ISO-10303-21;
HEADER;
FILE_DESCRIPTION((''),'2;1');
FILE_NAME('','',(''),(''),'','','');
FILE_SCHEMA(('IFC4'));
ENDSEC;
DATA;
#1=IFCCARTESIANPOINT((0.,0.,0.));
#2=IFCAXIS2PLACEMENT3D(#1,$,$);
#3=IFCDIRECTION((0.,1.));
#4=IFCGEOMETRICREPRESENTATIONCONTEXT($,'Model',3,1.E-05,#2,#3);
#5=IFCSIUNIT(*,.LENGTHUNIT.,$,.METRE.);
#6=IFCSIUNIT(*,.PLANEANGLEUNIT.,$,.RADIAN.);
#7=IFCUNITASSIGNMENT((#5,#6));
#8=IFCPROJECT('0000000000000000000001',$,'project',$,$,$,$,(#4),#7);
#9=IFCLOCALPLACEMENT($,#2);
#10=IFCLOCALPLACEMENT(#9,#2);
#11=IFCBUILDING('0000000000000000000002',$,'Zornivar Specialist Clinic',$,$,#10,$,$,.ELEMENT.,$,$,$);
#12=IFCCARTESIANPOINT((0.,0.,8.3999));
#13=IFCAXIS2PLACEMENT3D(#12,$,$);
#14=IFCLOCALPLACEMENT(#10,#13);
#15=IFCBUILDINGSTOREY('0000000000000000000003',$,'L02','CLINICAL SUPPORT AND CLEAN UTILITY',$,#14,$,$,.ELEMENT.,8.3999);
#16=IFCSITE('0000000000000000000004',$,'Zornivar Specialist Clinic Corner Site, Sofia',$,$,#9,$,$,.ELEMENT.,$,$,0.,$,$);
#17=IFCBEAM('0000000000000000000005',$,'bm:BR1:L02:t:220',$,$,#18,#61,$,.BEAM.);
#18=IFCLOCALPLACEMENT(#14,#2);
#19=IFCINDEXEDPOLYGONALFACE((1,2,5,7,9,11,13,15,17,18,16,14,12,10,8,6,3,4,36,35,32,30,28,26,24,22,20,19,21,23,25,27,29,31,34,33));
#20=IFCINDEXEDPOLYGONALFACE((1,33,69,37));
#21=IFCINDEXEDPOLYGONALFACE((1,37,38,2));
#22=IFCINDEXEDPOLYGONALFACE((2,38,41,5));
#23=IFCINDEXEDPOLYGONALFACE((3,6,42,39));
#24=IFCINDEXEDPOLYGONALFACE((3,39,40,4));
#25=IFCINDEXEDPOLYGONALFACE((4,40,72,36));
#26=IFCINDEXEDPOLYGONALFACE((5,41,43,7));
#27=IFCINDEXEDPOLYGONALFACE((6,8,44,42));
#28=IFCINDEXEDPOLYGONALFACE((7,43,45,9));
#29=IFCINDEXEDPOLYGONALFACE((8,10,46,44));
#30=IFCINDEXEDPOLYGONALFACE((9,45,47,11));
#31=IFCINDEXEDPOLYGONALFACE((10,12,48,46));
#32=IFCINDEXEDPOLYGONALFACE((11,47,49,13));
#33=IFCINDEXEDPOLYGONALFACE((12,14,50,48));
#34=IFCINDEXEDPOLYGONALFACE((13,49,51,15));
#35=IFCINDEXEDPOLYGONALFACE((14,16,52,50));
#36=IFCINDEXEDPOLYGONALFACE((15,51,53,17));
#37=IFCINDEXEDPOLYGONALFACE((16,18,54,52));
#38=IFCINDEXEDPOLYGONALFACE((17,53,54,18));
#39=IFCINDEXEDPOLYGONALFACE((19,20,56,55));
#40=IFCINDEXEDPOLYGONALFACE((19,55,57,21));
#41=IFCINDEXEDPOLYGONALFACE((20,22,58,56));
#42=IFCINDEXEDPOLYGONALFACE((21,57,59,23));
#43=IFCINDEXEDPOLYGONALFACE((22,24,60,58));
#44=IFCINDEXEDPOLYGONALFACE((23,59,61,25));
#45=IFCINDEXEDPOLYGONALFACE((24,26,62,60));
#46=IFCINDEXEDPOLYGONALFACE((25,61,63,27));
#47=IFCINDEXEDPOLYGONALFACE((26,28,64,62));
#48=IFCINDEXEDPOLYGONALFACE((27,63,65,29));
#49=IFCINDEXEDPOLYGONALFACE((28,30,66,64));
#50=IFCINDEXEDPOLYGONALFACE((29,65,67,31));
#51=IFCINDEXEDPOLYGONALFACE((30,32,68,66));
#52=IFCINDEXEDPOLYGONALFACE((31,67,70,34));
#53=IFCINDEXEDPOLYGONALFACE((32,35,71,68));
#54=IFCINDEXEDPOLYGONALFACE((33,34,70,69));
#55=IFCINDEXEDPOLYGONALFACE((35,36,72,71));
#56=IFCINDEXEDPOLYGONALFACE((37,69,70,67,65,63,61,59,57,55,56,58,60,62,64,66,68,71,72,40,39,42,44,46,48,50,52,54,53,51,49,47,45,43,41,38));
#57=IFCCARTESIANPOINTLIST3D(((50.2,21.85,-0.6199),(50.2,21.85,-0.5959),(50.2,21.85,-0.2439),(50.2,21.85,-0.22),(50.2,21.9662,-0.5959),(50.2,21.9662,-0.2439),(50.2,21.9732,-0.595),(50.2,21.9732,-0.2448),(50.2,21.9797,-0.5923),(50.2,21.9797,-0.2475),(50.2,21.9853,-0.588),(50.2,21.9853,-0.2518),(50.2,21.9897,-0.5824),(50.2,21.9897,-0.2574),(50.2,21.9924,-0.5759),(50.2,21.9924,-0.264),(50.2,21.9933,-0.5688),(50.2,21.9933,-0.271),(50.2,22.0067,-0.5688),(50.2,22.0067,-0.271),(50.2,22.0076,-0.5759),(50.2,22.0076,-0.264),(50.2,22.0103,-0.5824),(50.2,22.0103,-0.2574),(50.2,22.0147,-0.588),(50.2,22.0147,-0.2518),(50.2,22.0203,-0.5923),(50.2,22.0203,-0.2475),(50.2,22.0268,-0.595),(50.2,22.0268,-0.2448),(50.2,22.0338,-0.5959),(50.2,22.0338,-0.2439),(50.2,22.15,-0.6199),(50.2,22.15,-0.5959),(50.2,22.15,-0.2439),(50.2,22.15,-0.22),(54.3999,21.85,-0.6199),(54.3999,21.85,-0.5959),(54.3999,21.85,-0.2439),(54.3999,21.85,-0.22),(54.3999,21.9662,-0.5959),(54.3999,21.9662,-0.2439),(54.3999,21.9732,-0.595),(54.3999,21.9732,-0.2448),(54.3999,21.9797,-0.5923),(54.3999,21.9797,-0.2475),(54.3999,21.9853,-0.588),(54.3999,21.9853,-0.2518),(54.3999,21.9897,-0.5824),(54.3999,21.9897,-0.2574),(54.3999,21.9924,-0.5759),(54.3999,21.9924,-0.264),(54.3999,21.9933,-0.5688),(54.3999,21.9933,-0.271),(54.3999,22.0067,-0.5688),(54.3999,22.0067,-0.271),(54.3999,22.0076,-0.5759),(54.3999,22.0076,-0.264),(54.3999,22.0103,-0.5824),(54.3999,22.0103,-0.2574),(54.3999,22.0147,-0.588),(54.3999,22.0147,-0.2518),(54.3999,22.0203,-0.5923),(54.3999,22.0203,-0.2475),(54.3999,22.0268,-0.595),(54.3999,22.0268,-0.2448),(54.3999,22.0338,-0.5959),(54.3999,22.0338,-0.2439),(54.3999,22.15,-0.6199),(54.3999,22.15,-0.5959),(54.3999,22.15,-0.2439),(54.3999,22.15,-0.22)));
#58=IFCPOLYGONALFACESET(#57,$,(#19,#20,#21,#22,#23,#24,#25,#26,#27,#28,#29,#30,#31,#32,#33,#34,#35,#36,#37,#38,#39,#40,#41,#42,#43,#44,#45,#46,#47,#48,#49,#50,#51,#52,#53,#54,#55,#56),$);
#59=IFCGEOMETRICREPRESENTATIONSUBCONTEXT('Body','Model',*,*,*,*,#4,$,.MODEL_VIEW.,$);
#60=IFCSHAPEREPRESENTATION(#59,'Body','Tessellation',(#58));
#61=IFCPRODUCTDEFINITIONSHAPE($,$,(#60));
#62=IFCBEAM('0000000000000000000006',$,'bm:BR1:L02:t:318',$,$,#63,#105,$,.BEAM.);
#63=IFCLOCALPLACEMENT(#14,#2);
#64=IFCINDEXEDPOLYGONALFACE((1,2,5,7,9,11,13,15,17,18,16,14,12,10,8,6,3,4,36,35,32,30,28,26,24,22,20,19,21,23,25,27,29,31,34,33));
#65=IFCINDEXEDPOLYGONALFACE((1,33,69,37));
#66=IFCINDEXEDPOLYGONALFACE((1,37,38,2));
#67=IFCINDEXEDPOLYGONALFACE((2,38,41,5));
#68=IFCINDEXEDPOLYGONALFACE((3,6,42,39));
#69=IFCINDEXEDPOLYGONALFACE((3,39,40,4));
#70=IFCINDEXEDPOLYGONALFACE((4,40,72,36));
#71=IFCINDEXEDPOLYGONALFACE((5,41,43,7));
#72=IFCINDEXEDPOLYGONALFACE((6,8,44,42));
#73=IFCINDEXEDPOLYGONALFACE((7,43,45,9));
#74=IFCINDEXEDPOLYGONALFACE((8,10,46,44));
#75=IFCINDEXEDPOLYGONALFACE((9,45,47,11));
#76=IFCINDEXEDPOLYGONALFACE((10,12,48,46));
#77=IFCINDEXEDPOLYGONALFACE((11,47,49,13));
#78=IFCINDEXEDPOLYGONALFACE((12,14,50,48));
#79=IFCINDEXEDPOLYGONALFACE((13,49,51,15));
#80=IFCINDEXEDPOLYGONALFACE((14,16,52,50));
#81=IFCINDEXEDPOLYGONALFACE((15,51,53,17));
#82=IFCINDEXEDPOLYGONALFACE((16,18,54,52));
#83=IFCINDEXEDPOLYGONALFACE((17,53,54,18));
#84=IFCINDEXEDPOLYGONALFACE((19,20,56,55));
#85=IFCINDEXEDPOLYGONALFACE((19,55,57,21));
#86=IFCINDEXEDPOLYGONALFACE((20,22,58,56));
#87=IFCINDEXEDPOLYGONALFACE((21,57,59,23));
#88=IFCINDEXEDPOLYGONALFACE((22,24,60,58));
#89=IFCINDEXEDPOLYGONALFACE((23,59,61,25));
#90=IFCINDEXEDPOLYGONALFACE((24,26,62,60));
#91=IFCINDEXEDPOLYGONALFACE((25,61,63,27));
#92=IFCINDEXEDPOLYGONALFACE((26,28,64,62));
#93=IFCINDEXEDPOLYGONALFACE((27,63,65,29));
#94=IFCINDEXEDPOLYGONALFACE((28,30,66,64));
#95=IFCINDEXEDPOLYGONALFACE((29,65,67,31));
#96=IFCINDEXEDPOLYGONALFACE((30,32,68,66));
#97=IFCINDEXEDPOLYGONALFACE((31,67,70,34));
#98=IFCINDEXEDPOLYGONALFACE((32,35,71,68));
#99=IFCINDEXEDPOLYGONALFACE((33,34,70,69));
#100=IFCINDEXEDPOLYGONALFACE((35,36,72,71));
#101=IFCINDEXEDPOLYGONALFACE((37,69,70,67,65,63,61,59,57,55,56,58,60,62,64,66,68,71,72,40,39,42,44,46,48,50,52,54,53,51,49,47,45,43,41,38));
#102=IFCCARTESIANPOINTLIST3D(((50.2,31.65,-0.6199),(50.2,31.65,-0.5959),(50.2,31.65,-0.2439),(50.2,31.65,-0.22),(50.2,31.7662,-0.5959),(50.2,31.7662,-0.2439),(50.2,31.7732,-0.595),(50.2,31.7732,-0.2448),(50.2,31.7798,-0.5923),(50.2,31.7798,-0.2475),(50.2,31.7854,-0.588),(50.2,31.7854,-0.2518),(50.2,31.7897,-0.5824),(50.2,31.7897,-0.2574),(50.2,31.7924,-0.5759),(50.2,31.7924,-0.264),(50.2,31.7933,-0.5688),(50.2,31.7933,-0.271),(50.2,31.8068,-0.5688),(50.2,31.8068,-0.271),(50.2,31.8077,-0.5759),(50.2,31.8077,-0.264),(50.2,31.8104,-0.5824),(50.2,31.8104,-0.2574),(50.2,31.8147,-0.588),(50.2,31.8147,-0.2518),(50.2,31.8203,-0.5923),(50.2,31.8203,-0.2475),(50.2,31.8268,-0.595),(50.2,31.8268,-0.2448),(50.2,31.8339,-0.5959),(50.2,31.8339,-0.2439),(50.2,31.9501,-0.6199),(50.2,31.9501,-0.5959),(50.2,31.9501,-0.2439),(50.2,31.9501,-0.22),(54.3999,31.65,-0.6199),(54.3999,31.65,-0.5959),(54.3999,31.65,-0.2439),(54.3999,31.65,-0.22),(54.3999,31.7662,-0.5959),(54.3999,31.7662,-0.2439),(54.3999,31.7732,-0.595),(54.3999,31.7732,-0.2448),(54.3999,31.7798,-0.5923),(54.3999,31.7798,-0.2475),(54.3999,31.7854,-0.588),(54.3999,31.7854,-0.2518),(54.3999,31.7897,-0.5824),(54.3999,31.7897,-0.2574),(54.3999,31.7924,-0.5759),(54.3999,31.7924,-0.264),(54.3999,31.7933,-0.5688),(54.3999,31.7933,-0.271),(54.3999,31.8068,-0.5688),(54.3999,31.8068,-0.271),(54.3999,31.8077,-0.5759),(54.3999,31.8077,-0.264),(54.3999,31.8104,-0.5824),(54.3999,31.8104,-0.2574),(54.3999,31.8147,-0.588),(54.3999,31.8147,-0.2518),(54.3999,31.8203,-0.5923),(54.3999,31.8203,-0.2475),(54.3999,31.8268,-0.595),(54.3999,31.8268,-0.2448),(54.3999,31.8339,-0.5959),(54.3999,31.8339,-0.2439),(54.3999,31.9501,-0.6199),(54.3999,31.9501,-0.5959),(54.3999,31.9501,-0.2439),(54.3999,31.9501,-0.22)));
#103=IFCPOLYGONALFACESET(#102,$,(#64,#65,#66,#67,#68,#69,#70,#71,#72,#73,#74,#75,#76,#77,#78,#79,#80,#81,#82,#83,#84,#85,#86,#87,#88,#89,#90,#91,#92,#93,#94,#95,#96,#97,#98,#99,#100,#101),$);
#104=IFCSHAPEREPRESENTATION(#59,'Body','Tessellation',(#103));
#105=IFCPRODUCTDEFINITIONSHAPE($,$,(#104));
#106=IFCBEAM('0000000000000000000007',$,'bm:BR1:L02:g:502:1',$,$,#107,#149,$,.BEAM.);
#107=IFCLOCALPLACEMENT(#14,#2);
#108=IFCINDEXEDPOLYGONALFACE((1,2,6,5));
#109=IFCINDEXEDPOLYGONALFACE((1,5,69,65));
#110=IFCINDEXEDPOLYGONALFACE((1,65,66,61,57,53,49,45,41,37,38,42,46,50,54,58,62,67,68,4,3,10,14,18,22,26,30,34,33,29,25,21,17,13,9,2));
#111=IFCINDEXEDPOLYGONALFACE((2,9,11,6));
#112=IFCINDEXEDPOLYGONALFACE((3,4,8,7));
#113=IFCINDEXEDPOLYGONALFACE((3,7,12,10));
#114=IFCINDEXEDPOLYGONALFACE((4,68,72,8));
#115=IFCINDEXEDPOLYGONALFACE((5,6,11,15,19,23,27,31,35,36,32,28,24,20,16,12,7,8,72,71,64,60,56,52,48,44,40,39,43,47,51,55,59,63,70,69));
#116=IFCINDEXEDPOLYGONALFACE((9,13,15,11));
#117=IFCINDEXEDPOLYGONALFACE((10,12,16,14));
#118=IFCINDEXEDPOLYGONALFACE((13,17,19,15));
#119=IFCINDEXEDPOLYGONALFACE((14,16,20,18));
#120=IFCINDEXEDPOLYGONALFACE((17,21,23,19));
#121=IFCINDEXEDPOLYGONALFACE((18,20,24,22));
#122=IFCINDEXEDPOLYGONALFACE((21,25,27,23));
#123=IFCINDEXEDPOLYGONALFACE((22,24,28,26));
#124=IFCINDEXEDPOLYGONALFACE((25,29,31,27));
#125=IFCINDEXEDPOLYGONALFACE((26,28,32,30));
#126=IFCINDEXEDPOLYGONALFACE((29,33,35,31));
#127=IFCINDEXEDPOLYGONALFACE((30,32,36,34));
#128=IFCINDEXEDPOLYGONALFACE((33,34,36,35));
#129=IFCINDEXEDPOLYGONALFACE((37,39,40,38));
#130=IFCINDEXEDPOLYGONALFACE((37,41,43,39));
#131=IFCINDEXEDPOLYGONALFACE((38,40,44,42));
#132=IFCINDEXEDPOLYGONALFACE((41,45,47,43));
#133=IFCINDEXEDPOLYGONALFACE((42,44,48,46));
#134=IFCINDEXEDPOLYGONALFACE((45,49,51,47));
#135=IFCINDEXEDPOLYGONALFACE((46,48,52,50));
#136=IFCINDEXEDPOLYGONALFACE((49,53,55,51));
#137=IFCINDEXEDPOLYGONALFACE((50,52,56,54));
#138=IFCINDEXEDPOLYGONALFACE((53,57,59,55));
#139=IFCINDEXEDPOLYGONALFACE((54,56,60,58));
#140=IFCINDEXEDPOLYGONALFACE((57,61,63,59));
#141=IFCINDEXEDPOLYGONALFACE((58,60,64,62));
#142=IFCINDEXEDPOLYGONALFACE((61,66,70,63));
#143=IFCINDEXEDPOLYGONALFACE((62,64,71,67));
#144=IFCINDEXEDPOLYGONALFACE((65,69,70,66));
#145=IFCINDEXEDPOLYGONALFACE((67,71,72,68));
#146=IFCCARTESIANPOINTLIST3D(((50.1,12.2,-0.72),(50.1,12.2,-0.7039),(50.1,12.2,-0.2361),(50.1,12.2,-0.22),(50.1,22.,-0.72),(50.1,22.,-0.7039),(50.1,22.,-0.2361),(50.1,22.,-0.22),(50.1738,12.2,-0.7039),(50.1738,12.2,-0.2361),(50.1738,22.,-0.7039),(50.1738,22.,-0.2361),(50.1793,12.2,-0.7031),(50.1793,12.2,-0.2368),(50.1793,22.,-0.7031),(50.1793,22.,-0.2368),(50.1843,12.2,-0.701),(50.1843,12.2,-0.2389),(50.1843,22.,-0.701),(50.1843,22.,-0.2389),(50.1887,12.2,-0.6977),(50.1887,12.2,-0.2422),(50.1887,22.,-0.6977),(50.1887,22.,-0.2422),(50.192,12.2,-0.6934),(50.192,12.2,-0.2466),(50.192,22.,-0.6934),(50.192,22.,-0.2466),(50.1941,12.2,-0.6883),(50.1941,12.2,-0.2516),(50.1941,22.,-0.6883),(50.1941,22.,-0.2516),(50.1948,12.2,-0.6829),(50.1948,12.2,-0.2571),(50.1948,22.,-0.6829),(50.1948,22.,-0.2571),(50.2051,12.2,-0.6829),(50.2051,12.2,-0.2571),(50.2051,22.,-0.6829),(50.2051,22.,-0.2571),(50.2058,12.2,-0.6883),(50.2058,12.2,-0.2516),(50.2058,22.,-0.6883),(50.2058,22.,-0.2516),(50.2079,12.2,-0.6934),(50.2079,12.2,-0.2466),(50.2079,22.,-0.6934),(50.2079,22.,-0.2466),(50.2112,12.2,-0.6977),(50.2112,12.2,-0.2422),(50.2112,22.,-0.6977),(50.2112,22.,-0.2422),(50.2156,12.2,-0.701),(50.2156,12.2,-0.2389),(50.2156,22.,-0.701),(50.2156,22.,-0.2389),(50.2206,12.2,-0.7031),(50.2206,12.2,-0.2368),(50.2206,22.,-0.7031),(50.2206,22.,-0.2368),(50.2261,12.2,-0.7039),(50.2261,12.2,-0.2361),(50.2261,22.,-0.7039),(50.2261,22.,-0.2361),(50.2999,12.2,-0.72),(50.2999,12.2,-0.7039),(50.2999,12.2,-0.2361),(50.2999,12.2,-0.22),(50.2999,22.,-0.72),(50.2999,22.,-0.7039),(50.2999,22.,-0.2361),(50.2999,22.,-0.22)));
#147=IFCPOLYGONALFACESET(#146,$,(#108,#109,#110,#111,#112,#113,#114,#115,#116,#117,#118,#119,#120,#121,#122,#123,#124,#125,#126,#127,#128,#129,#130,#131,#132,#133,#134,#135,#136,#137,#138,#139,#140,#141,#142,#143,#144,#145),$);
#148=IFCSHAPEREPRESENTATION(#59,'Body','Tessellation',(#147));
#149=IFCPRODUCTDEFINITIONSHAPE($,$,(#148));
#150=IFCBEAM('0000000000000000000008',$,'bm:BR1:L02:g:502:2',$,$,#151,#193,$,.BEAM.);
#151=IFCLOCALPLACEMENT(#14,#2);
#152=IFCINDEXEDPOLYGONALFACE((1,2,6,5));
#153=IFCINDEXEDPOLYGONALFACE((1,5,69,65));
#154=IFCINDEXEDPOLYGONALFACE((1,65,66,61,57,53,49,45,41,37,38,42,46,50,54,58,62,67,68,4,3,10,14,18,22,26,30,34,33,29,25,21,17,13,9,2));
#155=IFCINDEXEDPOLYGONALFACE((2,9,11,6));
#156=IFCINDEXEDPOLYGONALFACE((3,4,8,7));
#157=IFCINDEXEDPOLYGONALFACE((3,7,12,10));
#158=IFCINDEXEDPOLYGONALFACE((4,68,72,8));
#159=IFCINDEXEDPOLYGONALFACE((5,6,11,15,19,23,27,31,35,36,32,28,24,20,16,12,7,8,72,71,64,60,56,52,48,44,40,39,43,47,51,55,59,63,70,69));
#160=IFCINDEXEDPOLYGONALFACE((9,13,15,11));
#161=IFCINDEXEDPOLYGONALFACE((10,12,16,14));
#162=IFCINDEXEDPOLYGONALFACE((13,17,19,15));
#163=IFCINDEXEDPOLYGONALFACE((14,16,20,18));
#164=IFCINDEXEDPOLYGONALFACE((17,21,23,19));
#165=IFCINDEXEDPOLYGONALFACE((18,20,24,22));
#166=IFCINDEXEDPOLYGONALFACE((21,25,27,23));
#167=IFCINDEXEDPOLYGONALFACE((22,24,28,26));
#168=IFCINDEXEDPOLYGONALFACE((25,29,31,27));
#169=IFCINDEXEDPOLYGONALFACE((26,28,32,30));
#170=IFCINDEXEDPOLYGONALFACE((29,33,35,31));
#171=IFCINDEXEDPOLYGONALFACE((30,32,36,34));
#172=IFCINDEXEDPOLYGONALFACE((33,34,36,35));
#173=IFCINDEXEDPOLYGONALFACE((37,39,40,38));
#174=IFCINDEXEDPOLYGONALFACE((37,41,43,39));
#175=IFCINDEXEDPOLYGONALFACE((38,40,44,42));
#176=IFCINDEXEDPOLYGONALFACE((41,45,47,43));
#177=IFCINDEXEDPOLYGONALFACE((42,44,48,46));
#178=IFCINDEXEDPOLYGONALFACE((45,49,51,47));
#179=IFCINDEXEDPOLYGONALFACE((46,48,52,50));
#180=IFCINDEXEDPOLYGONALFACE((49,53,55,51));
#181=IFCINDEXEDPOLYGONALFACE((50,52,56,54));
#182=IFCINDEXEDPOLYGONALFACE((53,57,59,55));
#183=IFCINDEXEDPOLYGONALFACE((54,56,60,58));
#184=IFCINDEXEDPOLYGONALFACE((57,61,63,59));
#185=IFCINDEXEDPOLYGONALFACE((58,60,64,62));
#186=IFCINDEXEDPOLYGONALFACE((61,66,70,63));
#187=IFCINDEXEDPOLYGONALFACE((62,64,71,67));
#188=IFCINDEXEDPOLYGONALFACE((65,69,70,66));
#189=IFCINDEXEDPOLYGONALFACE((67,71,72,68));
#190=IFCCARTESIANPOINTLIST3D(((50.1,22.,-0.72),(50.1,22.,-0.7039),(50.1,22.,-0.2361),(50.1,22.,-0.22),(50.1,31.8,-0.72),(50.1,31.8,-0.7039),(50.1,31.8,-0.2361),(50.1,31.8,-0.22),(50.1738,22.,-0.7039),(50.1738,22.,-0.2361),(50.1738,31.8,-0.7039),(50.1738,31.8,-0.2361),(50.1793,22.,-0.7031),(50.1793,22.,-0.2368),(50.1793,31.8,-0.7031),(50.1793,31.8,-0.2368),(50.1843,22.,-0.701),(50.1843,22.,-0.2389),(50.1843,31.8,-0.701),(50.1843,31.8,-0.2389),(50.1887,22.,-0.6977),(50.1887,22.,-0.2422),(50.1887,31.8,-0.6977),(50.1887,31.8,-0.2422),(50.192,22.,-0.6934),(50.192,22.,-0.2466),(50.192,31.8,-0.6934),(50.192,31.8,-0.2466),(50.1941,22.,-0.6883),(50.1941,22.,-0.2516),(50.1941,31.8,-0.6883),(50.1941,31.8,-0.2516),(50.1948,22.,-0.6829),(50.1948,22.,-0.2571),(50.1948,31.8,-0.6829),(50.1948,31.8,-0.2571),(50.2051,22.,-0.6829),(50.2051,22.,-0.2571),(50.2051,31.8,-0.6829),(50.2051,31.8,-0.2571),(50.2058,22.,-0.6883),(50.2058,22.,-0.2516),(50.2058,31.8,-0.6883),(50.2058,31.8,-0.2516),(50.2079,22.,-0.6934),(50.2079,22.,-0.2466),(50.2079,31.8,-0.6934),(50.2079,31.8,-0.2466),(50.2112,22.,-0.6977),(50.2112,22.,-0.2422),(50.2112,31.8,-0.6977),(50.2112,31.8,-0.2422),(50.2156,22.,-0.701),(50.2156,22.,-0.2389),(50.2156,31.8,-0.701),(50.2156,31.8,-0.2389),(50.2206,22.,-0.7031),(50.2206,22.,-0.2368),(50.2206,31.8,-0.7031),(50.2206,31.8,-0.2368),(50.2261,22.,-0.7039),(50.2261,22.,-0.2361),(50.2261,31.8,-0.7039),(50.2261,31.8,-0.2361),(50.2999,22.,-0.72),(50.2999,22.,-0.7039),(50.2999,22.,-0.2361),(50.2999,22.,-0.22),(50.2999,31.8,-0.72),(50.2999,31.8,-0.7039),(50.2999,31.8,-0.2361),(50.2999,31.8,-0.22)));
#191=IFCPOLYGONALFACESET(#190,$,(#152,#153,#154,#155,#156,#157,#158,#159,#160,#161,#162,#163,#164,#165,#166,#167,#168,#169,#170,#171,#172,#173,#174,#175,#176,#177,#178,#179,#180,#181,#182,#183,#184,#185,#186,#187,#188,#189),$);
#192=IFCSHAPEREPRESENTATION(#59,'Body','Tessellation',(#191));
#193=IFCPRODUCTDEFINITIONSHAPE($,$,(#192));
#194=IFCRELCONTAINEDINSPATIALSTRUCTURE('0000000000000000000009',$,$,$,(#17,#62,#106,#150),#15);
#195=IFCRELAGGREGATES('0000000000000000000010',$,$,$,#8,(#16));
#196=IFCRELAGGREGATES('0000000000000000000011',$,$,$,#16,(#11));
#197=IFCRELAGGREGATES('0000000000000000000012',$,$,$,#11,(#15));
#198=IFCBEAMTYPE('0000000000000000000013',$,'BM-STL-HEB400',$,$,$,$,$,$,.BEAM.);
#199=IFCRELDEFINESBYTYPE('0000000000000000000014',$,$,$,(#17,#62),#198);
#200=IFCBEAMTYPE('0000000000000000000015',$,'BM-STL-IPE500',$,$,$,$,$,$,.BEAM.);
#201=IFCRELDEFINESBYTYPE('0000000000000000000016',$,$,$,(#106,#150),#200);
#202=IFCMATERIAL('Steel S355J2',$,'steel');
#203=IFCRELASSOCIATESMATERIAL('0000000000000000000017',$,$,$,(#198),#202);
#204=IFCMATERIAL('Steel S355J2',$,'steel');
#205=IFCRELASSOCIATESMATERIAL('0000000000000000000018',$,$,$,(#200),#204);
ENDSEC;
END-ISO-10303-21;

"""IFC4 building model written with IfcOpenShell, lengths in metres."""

from ifc_helpers import new_model, si_unit, direction, frame, origin, origin_2d, place, context, subcontext, project, spatial, i_section, extrude, material, material_profile, profile_set, type_object, element, save


model = new_model("IFC4")

# Units and contexts
model_context = context("Model", 3, precision=1e-05, world=origin(), true_north=direction((0.0, 1.0)))
body_context = subcontext(model_context, "Body", "Model", "MODEL_VIEW")
ifc_project = project(units=[si_unit("LENGTHUNIT", "METRE"), si_unit("PLANEANGLEUNIT", "RADIAN")], contexts=[model_context])

# Site, building, storey
site_placement = place(None, origin())
site = spatial("IfcSite", under=ifc_project, at=site_placement, Name="Zornivar Specialist Clinic Corner Site, Sofia", CompositionType="ELEMENT", RefElevation=0.0)
building_placement = place(site_placement, origin())
building = spatial("IfcBuilding", under=site, at=building_placement, Name="Zornivar Specialist Clinic", CompositionType="ELEMENT")
storey_placement = place(building_placement, frame((0.0, 0.0, 8.3999)))
storey = spatial("IfcBuildingStorey", under=building, at=storey_placement, Name="L02", Description="CLINICAL SUPPORT AND CLEAN UTILITY", CompositionType="ELEMENT", Elevation=8.3999)

# Beams
ifc_material_1 = material(Name="Steel S355J2", Category="steel")
ifc_material_profile_1 = material_profile(ifc_material_1, i_section(OverallWidth=0.3, OverallDepth=0.3999, WebThickness=0.0134, FlangeThickness=0.0239, FilletRadius=0.0271, at=origin_2d()), Name="HEB 400")
ifc_profile_set_1 = profile_set([ifc_material_profile_1], Name="Steel S355J2")
beam_type_1 = type_object("IfcBeamType", Name="BM-STL-HEB400", PredefinedType="BEAM", material=ifc_profile_set_1)
for number, where, z_axis, x_axis, name in (
    (1, (50.2, 22.0, -0.4199), (1.0, 0.0, 0.0), (0.0, 1.0, 0.0), "bm:BR1:L02:t:220"),
    (2, (50.2, 31.8, -0.4199), (1.0, 0.0, 0.0), (0.0, 1.0, 0.0), "bm:BR1:L02:t:318"),
):
    element("IfcBeam", number, at=place(storey_placement, frame(where, z_axis=z_axis, x_axis=x_axis)), inside=storey, type_object=beam_type_1, Name=name, PredefinedType="BEAM", context=body_context, shape_type="SweptSolid", body=[
        extrude(i_section(OverallWidth=0.3, OverallDepth=0.3999, WebThickness=0.0134, FlangeThickness=0.0239, FilletRadius=0.0271, at=origin_2d()), origin(), (0.0, 0.0, 1.0), 4.2),
    ])
ifc_material_2 = material(Name="Steel S355J2", Category="steel")
ifc_material_profile_2 = material_profile(ifc_material_2, i_section(OverallWidth=0.2, OverallDepth=0.5, WebThickness=0.0103, FlangeThickness=0.0161, FilletRadius=0.021, at=origin_2d()), Name="IPE 500")
ifc_profile_set_2 = profile_set([ifc_material_profile_2], Name="Steel S355J2")
beam_type_2 = type_object("IfcBeamType", Name="BM-STL-IPE500", PredefinedType="BEAM", material=ifc_profile_set_2)
for number, where, z_axis, x_axis, name in (
    (3, (50.2, 12.2, -0.47), (0.0, 1.0, 0.0), (-1.0, 0.0, 0.0), "bm:BR1:L02:g:502:1"),
    (4, (50.2, 22.0, -0.47), (0.0, 1.0, 0.0), (-1.0, 0.0, 0.0), "bm:BR1:L02:g:502:2"),
):
    element("IfcBeam", number, at=place(storey_placement, frame(where, z_axis=z_axis, x_axis=x_axis)), inside=storey, type_object=beam_type_2, Name=name, PredefinedType="BEAM", context=body_context, shape_type="SweptSolid", body=[
        extrude(i_section(OverallWidth=0.2, OverallDepth=0.5, WebThickness=0.0103, FlangeThickness=0.0161, FilletRadius=0.021, at=origin_2d()), origin(), (0.0, 0.0, 1.0), 9.8),
    ])

save(model, "model.ifc")
